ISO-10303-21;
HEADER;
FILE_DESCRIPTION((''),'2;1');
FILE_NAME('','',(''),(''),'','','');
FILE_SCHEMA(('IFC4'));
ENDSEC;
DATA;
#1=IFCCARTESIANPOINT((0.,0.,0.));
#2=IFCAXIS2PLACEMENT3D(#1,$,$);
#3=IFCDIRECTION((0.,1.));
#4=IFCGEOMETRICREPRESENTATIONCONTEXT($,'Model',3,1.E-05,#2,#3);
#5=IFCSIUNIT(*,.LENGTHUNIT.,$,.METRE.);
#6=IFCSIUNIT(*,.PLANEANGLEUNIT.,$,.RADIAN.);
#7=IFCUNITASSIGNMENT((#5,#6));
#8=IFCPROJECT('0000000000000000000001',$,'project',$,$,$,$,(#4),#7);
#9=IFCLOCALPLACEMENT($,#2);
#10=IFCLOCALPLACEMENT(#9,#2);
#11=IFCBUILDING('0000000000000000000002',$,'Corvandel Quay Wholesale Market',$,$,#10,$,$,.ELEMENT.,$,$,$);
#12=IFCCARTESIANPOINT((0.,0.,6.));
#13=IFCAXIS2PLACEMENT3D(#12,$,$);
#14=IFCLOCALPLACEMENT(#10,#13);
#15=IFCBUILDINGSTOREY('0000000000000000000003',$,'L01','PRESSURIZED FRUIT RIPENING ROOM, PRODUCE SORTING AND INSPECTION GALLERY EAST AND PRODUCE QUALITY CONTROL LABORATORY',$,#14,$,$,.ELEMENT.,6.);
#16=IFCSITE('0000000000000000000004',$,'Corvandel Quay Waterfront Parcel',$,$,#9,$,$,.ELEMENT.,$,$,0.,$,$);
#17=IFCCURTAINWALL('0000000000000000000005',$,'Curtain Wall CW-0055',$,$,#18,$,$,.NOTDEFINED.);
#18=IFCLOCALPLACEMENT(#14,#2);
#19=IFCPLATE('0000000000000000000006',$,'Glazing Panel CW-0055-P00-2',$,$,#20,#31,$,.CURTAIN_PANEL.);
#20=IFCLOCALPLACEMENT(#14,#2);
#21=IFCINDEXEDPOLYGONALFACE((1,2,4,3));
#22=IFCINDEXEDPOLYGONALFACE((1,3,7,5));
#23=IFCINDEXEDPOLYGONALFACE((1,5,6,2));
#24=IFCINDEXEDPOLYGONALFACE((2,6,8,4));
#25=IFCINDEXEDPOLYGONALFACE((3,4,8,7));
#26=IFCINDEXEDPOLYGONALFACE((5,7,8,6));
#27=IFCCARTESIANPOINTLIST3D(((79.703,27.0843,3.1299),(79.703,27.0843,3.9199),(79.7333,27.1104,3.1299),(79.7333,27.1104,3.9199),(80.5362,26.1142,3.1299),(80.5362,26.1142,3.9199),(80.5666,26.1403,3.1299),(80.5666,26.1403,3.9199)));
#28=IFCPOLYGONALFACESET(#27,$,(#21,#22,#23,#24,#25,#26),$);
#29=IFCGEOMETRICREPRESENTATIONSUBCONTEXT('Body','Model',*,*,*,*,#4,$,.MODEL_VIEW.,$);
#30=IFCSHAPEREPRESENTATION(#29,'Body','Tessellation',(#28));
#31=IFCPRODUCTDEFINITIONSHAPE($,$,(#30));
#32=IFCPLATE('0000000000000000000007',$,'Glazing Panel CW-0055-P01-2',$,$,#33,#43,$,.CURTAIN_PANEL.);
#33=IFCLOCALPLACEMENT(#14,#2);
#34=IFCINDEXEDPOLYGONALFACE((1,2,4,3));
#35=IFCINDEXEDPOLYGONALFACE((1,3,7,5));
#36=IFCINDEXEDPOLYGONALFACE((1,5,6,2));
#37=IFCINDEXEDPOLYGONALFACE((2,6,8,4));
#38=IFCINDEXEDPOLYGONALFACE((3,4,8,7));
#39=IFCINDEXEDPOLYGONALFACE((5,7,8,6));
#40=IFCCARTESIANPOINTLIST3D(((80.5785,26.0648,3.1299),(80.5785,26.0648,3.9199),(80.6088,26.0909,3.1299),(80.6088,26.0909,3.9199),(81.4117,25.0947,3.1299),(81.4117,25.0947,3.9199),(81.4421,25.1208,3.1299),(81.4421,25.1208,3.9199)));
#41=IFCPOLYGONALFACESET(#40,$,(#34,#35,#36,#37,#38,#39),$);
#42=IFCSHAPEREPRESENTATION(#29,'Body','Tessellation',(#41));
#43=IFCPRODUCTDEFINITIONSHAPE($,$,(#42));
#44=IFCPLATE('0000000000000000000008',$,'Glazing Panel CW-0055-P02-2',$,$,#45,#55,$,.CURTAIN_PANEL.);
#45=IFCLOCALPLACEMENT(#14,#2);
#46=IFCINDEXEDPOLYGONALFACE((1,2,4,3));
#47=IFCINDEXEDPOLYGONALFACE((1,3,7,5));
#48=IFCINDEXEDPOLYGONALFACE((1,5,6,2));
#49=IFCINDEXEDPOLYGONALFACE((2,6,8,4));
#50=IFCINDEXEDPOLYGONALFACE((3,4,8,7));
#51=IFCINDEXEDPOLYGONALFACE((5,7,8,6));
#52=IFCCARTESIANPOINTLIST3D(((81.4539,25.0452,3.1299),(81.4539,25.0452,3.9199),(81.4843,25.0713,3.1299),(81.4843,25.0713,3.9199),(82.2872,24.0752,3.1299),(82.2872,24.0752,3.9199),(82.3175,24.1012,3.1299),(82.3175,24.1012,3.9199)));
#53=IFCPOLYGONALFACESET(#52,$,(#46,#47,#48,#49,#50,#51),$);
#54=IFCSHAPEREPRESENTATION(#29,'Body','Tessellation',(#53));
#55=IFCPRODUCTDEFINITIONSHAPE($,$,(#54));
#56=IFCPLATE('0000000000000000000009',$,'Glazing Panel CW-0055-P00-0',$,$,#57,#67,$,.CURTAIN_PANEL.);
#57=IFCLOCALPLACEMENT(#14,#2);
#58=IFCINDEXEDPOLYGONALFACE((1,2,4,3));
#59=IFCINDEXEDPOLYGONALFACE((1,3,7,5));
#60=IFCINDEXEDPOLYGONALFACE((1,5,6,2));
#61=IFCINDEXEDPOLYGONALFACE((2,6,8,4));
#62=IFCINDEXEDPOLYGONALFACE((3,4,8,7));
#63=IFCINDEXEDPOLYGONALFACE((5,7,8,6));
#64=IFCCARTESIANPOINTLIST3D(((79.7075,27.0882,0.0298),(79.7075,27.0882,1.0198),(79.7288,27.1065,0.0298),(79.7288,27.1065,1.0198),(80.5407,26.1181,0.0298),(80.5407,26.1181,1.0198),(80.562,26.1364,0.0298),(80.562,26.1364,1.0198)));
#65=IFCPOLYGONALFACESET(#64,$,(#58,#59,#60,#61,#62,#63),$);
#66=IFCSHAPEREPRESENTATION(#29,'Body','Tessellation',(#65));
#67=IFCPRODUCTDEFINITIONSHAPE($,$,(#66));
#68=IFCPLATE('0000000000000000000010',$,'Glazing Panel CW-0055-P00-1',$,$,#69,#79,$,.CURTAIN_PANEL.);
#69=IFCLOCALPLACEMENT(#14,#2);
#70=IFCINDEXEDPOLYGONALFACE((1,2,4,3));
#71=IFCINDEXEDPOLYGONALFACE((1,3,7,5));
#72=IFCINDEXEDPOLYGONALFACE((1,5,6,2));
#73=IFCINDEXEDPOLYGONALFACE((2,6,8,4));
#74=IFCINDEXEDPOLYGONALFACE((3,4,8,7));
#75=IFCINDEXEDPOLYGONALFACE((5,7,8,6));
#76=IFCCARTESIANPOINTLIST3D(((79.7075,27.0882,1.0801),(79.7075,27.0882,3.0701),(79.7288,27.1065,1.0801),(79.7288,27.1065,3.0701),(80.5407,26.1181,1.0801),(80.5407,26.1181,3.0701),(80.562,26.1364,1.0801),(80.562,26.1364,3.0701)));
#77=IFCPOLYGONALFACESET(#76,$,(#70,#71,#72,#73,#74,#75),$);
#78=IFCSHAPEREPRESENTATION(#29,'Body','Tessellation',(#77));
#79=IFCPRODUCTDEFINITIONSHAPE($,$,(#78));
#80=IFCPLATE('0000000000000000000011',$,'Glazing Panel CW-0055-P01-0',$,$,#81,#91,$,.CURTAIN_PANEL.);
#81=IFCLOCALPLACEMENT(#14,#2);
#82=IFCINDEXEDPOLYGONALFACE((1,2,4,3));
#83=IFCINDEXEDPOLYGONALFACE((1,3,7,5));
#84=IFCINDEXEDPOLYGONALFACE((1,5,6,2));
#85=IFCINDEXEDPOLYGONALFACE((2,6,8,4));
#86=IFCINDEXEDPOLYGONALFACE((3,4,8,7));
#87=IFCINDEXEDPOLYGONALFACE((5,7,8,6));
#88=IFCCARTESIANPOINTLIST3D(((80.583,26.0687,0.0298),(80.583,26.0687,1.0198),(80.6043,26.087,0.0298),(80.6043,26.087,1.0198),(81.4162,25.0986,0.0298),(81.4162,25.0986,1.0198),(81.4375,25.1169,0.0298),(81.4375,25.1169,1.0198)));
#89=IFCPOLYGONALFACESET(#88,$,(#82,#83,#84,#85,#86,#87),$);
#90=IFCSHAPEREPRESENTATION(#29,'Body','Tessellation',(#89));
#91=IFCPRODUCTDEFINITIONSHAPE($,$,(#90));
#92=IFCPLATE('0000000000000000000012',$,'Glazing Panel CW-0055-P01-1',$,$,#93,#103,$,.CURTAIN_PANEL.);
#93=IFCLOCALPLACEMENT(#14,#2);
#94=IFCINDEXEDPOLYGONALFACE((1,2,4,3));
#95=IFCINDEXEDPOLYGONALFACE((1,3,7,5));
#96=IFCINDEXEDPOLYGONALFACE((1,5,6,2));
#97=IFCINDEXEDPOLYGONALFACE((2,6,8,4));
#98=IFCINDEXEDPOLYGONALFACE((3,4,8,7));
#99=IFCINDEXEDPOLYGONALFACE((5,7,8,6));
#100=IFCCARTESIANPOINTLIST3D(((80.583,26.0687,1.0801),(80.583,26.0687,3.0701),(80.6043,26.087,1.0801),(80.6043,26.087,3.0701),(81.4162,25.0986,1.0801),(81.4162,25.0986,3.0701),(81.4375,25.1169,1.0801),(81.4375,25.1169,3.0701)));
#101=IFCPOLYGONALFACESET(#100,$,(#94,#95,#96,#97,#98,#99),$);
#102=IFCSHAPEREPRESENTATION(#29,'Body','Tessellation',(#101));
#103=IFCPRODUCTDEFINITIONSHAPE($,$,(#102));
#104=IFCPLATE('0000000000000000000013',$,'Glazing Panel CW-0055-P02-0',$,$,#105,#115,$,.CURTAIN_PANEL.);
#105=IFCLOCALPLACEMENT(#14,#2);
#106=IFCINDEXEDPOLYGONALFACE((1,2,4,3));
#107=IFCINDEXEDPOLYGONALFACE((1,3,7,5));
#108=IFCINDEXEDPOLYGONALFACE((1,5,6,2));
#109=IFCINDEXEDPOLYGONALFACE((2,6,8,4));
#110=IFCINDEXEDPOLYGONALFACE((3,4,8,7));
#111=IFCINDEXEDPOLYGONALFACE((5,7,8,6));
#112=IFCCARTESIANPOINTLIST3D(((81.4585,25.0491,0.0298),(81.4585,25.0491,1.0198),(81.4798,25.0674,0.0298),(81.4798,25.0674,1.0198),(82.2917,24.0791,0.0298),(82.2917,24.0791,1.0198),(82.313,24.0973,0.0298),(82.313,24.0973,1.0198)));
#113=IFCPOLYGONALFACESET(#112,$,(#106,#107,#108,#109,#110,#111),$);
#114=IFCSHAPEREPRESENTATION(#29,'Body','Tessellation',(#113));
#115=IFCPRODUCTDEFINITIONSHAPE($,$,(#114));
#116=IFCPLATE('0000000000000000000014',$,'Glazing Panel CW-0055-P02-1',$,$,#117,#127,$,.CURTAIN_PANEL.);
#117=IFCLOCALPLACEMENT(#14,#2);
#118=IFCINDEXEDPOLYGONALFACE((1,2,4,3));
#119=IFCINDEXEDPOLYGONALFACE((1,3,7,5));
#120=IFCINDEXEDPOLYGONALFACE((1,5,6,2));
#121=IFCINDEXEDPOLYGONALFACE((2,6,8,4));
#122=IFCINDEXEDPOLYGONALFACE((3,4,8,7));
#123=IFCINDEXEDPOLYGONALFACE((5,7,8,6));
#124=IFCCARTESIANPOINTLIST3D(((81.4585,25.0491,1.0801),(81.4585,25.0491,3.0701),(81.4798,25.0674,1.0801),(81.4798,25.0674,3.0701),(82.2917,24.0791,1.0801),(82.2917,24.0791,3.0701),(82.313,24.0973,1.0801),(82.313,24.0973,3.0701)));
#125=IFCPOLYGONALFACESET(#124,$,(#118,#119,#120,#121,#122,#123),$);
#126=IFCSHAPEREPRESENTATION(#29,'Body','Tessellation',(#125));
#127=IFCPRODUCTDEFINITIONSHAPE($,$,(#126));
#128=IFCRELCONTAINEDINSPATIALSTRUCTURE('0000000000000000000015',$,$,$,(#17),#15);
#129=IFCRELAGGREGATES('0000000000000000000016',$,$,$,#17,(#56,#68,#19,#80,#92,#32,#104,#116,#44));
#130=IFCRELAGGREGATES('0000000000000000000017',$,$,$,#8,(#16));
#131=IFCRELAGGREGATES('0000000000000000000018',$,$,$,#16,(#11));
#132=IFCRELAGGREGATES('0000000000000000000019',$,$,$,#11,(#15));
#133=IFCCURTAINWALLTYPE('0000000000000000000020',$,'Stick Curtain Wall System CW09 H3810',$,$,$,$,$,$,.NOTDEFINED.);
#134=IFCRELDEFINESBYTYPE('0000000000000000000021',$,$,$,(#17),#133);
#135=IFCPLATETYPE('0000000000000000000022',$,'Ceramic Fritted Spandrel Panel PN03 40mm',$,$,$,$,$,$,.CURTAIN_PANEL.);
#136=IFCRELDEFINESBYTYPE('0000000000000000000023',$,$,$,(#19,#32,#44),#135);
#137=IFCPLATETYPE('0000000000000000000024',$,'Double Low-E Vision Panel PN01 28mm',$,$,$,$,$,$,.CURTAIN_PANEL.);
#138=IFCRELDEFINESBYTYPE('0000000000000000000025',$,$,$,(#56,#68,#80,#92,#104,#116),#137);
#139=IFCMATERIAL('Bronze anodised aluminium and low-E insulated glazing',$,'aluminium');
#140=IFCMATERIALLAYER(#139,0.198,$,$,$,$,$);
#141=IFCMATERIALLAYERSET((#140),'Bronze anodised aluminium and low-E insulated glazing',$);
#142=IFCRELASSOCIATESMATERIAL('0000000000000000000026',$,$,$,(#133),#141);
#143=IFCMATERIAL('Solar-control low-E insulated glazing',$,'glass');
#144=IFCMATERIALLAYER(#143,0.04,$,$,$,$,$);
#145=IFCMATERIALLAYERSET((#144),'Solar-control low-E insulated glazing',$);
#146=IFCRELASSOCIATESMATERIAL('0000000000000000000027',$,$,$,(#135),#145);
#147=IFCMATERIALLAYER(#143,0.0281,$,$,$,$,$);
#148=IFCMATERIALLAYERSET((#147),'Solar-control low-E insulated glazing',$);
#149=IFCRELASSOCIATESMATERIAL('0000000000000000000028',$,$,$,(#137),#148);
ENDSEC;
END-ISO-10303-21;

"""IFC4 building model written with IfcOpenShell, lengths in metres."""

from ifc_helpers import new_model, si_unit, direction, frame, origin, origin_2d, place, context, subcontext, project, spatial, rectangle, extrude, material, layer, layer_set, type_object, element, aggregate, save


model = new_model("IFC4")

# Units and contexts
model_context = context("Model", 3, precision=1e-05, world=origin(), true_north=direction((0.0, 1.0)))
body_context = subcontext(model_context, "Body", "Model", "MODEL_VIEW")
ifc_project = project(units=[si_unit("LENGTHUNIT", "METRE"), si_unit("PLANEANGLEUNIT", "RADIAN")], contexts=[model_context])

# Site, building, storey
site_placement = place(None, origin())
site = spatial("IfcSite", under=ifc_project, at=site_placement, Name="Corvandel Quay Waterfront Parcel", CompositionType="ELEMENT", RefElevation=0.0)
building_placement = place(site_placement, origin())
building = spatial("IfcBuilding", under=site, at=building_placement, Name="Corvandel Quay Wholesale Market", CompositionType="ELEMENT")
storey_placement = place(building_placement, frame((0.0, 0.0, 6.0)))
storey = spatial("IfcBuildingStorey", under=building, at=storey_placement, Name="L01", Description="PRESSURIZED FRUIT RIPENING ROOM, PRODUCE SORTING AND INSPECTION GALLERY EAST AND PRODUCE QUALITY CONTROL LABORATORY", CompositionType="ELEMENT", Elevation=6.0)

# Curtain wall, plates
ifc_material_1 = material(Name="Bronze anodised aluminium and low-E insulated glazing", Category="aluminium")
ifc_layer_1 = layer(ifc_material_1, 0.198)
ifc_layer_set_1 = layer_set([ifc_layer_1], Name="Bronze anodised aluminium and low-E insulated glazing")
curtain_wall_type = type_object("IfcCurtainWallType", Name="Stick Curtain Wall System CW09 H3810", PredefinedType="NOTDEFINED", material=ifc_layer_set_1)
curtain_wall_placement = place(storey_placement, origin())
curtain_wall = element("IfcCurtainWall", 1, at=curtain_wall_placement, inside=storey, type_object=curtain_wall_type, Name="Curtain Wall CW-0055", PredefinedType="NOTDEFINED")
ifc_material_2 = material(Name="Solar-control low-E insulated glazing", Category="glass")
ifc_layer_2 = layer(ifc_material_2, 0.04)
ifc_layer_set_2 = layer_set([ifc_layer_2], Name="Solar-control low-E insulated glazing")
plate_type_1 = type_object("IfcPlateType", Name="Ceramic Fritted Spandrel Panel PN03 40mm", PredefinedType="CURTAIN_PANEL", material=ifc_layer_set_2)
plate_1_placement = place(storey_placement, frame((80.1348, 26.6123, 3.1299), z_axis=(0.0, 0.0, 1.0), x_axis=(-0.651569, 0.758589, 0.0)))
plate_1 = element("IfcPlate", 2, at=plate_1_placement, type_object=plate_type_1, Name="Glazing Panel CW-0055-P00-2", PredefinedType="CURTAIN_PANEL", context=body_context, shape_type="SweptSolid", body=[
    extrude(rectangle(XDim=1.2788, YDim=0.04, at=origin_2d()), origin(), (0.0, 0.0, 1.0), 0.79),
])
plate_2_placement = place(storey_placement, frame((81.0103, 25.5928, 3.1299), z_axis=(0.0, 0.0, 1.0), x_axis=(-0.651569, 0.758589, 0.0)))
plate_2 = element("IfcPlate", 3, at=plate_2_placement, type_object=plate_type_1, Name="Glazing Panel CW-0055-P01-2", PredefinedType="CURTAIN_PANEL", context=body_context, shape_type="SweptSolid", body=[
    extrude(rectangle(XDim=1.2788, YDim=0.04, at=origin_2d()), origin(), (0.0, 0.0, 1.0), 0.79),
])
plate_3_placement = place(storey_placement, frame((81.8857, 24.5732, 3.1299), z_axis=(0.0, 0.0, 1.0), x_axis=(-0.651569, 0.758589, 0.0)))
plate_3 = element("IfcPlate", 4, at=plate_3_placement, type_object=plate_type_1, Name="Glazing Panel CW-0055-P02-2", PredefinedType="CURTAIN_PANEL", context=body_context, shape_type="SweptSolid", body=[
    extrude(rectangle(XDim=1.2788, YDim=0.04, at=origin_2d()), origin(), (0.0, 0.0, 1.0), 0.79),
])
ifc_layer_3 = layer(ifc_material_2, 0.0281)
ifc_layer_set_3 = layer_set([ifc_layer_3], Name="Solar-control low-E insulated glazing")
plate_type_2 = type_object("IfcPlateType", Name="Double Low-E Vision Panel PN01 28mm", PredefinedType="CURTAIN_PANEL", material=ifc_layer_set_3)
plate_4_placement = place(storey_placement, frame((80.1348, 26.6123, 0.0298), z_axis=(0.0, 0.0, 1.0), x_axis=(-0.651569, 0.758589, 0.0)))
plate_4 = element("IfcPlate", 5, at=plate_4_placement, type_object=plate_type_2, Name="Glazing Panel CW-0055-P00-0", PredefinedType="CURTAIN_PANEL", context=body_context, shape_type="SweptSolid", body=[
    extrude(rectangle(XDim=1.2788, YDim=0.0281, at=origin_2d()), origin(), (0.0, 0.0, 1.0), 0.99),
])
plate_5_placement = place(storey_placement, frame((80.1348, 26.6123, 1.0801), z_axis=(0.0, 0.0, 1.0), x_axis=(-0.651569, 0.758589, 0.0)))
plate_5 = element("IfcPlate", 6, at=plate_5_placement, type_object=plate_type_2, Name="Glazing Panel CW-0055-P00-1", PredefinedType="CURTAIN_PANEL", context=body_context, shape_type="SweptSolid", body=[
    extrude(rectangle(XDim=1.2788, YDim=0.0281, at=origin_2d()), origin(), (0.0, 0.0, 1.0), 1.99),
])
plate_6_placement = place(storey_placement, frame((81.0103, 25.5928, 0.0298), z_axis=(0.0, 0.0, 1.0), x_axis=(-0.651569, 0.758589, 0.0)))
plate_6 = element("IfcPlate", 7, at=plate_6_placement, type_object=plate_type_2, Name="Glazing Panel CW-0055-P01-0", PredefinedType="CURTAIN_PANEL", context=body_context, shape_type="SweptSolid", body=[
    extrude(rectangle(XDim=1.2788, YDim=0.0281, at=origin_2d()), origin(), (0.0, 0.0, 1.0), 0.99),
])
plate_7_placement = place(storey_placement, frame((81.0103, 25.5928, 1.0801), z_axis=(0.0, 0.0, 1.0), x_axis=(-0.651569, 0.758589, 0.0)))
plate_7 = element("IfcPlate", 8, at=plate_7_placement, type_object=plate_type_2, Name="Glazing Panel CW-0055-P01-1", PredefinedType="CURTAIN_PANEL", context=body_context, shape_type="SweptSolid", body=[
    extrude(rectangle(XDim=1.2788, YDim=0.0281, at=origin_2d()), origin(), (0.0, 0.0, 1.0), 1.99),
])
plate_8_placement = place(storey_placement, frame((81.8857, 24.5732, 0.0298), z_axis=(0.0, 0.0, 1.0), x_axis=(-0.651569, 0.758589, 0.0)))
plate_8 = element("IfcPlate", 9, at=plate_8_placement, type_object=plate_type_2, Name="Glazing Panel CW-0055-P02-0", PredefinedType="CURTAIN_PANEL", context=body_context, shape_type="SweptSolid", body=[
    extrude(rectangle(XDim=1.2788, YDim=0.0281, at=origin_2d()), origin(), (0.0, 0.0, 1.0), 0.99),
])
plate_9_placement = place(storey_placement, frame((81.8857, 24.5732, 1.0801), z_axis=(0.0, 0.0, 1.0), x_axis=(-0.651569, 0.758589, 0.0)))
plate_9 = element("IfcPlate", 10, at=plate_9_placement, type_object=plate_type_2, Name="Glazing Panel CW-0055-P02-1", PredefinedType="CURTAIN_PANEL", context=body_context, shape_type="SweptSolid", body=[
    extrude(rectangle(XDim=1.2788, YDim=0.0281, at=origin_2d()), origin(), (0.0, 0.0, 1.0), 1.99),
])
aggregate(curtain_wall, [plate_4, plate_5, plate_1, plate_6, plate_7, plate_2, plate_8, plate_9, plate_3])

save(model, "model.ifc")
